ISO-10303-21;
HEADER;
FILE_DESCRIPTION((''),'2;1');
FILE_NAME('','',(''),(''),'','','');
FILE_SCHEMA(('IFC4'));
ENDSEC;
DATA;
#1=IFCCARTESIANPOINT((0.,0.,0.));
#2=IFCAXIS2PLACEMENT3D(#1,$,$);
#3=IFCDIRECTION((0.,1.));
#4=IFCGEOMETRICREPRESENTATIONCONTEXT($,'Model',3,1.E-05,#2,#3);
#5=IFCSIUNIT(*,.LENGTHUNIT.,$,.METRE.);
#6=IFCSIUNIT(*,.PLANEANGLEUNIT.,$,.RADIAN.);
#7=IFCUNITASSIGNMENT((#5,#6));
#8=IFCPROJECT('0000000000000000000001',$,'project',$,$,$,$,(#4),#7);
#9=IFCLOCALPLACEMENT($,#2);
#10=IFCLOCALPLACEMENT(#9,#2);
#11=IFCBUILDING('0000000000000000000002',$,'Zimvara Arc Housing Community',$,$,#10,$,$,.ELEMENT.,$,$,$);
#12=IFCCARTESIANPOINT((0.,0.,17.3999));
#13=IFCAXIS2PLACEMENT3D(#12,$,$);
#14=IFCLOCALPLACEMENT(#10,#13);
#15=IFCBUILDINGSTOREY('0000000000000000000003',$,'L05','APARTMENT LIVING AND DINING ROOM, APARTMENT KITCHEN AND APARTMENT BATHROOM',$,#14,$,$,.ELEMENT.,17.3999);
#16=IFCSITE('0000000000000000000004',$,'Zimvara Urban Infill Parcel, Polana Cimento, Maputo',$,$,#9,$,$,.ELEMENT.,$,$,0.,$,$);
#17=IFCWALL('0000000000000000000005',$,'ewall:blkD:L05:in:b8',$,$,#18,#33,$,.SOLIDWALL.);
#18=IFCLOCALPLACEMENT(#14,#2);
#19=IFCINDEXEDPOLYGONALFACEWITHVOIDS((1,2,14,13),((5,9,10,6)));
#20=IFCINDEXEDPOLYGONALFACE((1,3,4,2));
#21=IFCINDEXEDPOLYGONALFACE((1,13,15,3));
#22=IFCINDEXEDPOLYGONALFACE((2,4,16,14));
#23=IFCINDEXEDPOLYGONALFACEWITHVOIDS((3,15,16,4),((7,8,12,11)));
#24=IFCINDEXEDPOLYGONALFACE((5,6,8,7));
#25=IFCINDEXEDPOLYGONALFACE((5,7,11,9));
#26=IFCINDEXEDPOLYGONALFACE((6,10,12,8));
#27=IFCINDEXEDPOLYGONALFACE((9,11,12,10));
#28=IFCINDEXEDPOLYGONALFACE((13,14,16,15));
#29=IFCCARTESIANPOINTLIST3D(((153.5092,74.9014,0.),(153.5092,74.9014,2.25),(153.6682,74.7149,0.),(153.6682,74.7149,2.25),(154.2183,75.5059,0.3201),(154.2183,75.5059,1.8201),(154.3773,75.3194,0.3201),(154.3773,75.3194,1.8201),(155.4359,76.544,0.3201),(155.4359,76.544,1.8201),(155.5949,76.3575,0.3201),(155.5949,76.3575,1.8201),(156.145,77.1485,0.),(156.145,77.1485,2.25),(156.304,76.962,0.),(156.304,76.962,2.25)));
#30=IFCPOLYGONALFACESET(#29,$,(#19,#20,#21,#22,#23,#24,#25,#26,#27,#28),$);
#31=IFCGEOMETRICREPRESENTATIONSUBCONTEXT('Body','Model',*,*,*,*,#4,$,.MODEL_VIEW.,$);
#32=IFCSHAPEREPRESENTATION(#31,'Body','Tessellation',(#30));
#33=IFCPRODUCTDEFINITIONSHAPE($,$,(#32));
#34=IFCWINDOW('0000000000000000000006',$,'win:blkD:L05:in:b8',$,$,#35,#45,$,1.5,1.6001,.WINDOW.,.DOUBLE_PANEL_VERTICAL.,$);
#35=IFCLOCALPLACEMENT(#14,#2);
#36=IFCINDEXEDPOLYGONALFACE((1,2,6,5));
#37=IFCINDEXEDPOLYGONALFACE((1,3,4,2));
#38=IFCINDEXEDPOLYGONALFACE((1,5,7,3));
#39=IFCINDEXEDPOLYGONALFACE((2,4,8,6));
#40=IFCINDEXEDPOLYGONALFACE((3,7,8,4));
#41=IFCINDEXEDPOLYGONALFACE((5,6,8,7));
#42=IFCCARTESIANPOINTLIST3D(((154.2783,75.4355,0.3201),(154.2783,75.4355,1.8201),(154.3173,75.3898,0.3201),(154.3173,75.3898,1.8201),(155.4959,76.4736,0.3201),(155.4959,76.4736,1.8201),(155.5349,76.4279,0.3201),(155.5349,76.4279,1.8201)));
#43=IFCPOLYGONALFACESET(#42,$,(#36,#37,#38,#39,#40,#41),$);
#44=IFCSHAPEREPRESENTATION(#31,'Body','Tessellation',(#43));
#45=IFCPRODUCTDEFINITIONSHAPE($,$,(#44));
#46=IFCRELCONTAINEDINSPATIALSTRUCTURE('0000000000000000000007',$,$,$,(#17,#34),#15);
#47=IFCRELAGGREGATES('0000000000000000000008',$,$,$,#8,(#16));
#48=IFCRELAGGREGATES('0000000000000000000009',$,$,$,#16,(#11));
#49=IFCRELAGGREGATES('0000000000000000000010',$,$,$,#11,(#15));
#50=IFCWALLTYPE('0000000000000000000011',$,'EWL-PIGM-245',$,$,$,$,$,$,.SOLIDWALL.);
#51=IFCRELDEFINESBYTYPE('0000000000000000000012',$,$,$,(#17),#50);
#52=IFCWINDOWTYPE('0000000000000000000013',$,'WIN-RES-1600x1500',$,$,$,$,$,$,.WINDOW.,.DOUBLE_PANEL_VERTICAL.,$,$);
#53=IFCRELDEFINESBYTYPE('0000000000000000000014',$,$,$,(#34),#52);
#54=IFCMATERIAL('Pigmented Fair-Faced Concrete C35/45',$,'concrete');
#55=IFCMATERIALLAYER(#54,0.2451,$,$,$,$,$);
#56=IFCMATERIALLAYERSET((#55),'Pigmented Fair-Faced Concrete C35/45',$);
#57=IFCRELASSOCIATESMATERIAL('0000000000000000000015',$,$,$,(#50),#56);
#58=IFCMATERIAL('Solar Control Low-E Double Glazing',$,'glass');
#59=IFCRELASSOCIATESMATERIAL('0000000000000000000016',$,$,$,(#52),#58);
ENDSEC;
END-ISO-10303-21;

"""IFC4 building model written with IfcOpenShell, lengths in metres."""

from ifc_helpers import new_model, si_unit, direction, frame, frame_2d, origin, place, context, subcontext, project, spatial, rectangle, extrude, material, layer, layer_set, type_object, element, fill, save


model = new_model("IFC4")

# Units and contexts
model_context = context("Model", 3, precision=1e-05, world=origin(), true_north=direction((0.0, 1.0)))
body_context = subcontext(model_context, "Body", "Model", "MODEL_VIEW")
ifc_project = project(units=[si_unit("LENGTHUNIT", "METRE"), si_unit("PLANEANGLEUNIT", "RADIAN")], contexts=[model_context])

# Site, building, storey
site_placement = place(None, origin())
site = spatial("IfcSite", under=ifc_project, at=site_placement, Name="Zimvara Urban Infill Parcel, Polana Cimento, Maputo", CompositionType="ELEMENT", RefElevation=0.0)
building_placement = place(site_placement, origin())
building = spatial("IfcBuilding", under=site, at=building_placement, Name="Zimvara Arc Housing Community", CompositionType="ELEMENT")
storey_placement = place(building_placement, frame((0.0, 0.0, 17.3999)))
storey = spatial("IfcBuildingStorey", under=building, at=storey_placement, Name="L05", Description="APARTMENT LIVING AND DINING ROOM, APARTMENT KITCHEN AND APARTMENT BATHROOM", CompositionType="ELEMENT", Elevation=17.3999)

# Wall, opening, window
ifc_material_1 = material(Name="Pigmented Fair-Faced Concrete C35/45", Category="concrete")
ifc_layer_1 = layer(ifc_material_1, 0.2451)
ifc_layer_set_1 = layer_set([ifc_layer_1], Name="Pigmented Fair-Faced Concrete C35/45")
wall_type = type_object("IfcWallType", Name="EWL-PIGM-245", PredefinedType="SOLIDWALL", material=ifc_layer_set_1)
wall_placement = place(storey_placement, frame((153.5886, 74.8081, 0.0), z_axis=(0.0, 0.0, 1.0), x_axis=(0.760985, 0.648769, 0.0)))
wall = element("IfcWall", 1, at=wall_placement, inside=storey, type_object=wall_type, Name="ewall:blkD:L05:in:b8", PredefinedType="SOLIDWALL", context=body_context, shape_type="SweptSolid", body=[
    extrude(rectangle(XDim=3.4636, YDim=0.2451, at=frame_2d((1.7319, 0.0))), origin(), (0.0, 0.0, 1.0), 2.25),
])
opening_placement = place(wall_placement, frame((0.9319, 0.0, 0.3201)))
opening = element("IfcOpeningElement", 2, at=opening_placement, cuts=wall, PredefinedType="OPENING", context=body_context, shape_type="SweptSolid", body=[
    extrude(rectangle(XDim=1.6001, YDim=1.5, at=frame_2d((0.8, 0.75))), frame((0.0, 0.1326, 0.0), z_axis=(0.0, -1.0, 0.0), x_axis=(1.0, 0.0, 0.0)), (0.0, 0.0, 1.0), 0.2651),
])
ifc_material_2 = material(Name="Solar Control Low-E Double Glazing", Category="glass")
window_type = type_object("IfcWindowType", Name="WIN-RES-1600x1500", PartitioningType="DOUBLE_PANEL_VERTICAL", PredefinedType="WINDOW", material=ifc_material_2)
window_placement = place(opening_placement, origin())
window = element("IfcWindow", 3, at=window_placement, inside=storey, type_object=window_type, Name="win:blkD:L05:in:b8", OverallHeight=1.5, OverallWidth=1.6001, PartitioningType="DOUBLE_PANEL_VERTICAL", PredefinedType="WINDOW", context=body_context, shape_type="SweptSolid", body=[
    extrude(rectangle(XDim=1.6001, YDim=1.5, at=frame_2d((0.8, 0.75))), frame((0.0, 0.03, 0.0), z_axis=(0.0, -1.0, 0.0), x_axis=(1.0, 0.0, 0.0)), (0.0, 0.0, 1.0), 0.0601),
])
fill(opening, window)

save(model, "model.ifc")
